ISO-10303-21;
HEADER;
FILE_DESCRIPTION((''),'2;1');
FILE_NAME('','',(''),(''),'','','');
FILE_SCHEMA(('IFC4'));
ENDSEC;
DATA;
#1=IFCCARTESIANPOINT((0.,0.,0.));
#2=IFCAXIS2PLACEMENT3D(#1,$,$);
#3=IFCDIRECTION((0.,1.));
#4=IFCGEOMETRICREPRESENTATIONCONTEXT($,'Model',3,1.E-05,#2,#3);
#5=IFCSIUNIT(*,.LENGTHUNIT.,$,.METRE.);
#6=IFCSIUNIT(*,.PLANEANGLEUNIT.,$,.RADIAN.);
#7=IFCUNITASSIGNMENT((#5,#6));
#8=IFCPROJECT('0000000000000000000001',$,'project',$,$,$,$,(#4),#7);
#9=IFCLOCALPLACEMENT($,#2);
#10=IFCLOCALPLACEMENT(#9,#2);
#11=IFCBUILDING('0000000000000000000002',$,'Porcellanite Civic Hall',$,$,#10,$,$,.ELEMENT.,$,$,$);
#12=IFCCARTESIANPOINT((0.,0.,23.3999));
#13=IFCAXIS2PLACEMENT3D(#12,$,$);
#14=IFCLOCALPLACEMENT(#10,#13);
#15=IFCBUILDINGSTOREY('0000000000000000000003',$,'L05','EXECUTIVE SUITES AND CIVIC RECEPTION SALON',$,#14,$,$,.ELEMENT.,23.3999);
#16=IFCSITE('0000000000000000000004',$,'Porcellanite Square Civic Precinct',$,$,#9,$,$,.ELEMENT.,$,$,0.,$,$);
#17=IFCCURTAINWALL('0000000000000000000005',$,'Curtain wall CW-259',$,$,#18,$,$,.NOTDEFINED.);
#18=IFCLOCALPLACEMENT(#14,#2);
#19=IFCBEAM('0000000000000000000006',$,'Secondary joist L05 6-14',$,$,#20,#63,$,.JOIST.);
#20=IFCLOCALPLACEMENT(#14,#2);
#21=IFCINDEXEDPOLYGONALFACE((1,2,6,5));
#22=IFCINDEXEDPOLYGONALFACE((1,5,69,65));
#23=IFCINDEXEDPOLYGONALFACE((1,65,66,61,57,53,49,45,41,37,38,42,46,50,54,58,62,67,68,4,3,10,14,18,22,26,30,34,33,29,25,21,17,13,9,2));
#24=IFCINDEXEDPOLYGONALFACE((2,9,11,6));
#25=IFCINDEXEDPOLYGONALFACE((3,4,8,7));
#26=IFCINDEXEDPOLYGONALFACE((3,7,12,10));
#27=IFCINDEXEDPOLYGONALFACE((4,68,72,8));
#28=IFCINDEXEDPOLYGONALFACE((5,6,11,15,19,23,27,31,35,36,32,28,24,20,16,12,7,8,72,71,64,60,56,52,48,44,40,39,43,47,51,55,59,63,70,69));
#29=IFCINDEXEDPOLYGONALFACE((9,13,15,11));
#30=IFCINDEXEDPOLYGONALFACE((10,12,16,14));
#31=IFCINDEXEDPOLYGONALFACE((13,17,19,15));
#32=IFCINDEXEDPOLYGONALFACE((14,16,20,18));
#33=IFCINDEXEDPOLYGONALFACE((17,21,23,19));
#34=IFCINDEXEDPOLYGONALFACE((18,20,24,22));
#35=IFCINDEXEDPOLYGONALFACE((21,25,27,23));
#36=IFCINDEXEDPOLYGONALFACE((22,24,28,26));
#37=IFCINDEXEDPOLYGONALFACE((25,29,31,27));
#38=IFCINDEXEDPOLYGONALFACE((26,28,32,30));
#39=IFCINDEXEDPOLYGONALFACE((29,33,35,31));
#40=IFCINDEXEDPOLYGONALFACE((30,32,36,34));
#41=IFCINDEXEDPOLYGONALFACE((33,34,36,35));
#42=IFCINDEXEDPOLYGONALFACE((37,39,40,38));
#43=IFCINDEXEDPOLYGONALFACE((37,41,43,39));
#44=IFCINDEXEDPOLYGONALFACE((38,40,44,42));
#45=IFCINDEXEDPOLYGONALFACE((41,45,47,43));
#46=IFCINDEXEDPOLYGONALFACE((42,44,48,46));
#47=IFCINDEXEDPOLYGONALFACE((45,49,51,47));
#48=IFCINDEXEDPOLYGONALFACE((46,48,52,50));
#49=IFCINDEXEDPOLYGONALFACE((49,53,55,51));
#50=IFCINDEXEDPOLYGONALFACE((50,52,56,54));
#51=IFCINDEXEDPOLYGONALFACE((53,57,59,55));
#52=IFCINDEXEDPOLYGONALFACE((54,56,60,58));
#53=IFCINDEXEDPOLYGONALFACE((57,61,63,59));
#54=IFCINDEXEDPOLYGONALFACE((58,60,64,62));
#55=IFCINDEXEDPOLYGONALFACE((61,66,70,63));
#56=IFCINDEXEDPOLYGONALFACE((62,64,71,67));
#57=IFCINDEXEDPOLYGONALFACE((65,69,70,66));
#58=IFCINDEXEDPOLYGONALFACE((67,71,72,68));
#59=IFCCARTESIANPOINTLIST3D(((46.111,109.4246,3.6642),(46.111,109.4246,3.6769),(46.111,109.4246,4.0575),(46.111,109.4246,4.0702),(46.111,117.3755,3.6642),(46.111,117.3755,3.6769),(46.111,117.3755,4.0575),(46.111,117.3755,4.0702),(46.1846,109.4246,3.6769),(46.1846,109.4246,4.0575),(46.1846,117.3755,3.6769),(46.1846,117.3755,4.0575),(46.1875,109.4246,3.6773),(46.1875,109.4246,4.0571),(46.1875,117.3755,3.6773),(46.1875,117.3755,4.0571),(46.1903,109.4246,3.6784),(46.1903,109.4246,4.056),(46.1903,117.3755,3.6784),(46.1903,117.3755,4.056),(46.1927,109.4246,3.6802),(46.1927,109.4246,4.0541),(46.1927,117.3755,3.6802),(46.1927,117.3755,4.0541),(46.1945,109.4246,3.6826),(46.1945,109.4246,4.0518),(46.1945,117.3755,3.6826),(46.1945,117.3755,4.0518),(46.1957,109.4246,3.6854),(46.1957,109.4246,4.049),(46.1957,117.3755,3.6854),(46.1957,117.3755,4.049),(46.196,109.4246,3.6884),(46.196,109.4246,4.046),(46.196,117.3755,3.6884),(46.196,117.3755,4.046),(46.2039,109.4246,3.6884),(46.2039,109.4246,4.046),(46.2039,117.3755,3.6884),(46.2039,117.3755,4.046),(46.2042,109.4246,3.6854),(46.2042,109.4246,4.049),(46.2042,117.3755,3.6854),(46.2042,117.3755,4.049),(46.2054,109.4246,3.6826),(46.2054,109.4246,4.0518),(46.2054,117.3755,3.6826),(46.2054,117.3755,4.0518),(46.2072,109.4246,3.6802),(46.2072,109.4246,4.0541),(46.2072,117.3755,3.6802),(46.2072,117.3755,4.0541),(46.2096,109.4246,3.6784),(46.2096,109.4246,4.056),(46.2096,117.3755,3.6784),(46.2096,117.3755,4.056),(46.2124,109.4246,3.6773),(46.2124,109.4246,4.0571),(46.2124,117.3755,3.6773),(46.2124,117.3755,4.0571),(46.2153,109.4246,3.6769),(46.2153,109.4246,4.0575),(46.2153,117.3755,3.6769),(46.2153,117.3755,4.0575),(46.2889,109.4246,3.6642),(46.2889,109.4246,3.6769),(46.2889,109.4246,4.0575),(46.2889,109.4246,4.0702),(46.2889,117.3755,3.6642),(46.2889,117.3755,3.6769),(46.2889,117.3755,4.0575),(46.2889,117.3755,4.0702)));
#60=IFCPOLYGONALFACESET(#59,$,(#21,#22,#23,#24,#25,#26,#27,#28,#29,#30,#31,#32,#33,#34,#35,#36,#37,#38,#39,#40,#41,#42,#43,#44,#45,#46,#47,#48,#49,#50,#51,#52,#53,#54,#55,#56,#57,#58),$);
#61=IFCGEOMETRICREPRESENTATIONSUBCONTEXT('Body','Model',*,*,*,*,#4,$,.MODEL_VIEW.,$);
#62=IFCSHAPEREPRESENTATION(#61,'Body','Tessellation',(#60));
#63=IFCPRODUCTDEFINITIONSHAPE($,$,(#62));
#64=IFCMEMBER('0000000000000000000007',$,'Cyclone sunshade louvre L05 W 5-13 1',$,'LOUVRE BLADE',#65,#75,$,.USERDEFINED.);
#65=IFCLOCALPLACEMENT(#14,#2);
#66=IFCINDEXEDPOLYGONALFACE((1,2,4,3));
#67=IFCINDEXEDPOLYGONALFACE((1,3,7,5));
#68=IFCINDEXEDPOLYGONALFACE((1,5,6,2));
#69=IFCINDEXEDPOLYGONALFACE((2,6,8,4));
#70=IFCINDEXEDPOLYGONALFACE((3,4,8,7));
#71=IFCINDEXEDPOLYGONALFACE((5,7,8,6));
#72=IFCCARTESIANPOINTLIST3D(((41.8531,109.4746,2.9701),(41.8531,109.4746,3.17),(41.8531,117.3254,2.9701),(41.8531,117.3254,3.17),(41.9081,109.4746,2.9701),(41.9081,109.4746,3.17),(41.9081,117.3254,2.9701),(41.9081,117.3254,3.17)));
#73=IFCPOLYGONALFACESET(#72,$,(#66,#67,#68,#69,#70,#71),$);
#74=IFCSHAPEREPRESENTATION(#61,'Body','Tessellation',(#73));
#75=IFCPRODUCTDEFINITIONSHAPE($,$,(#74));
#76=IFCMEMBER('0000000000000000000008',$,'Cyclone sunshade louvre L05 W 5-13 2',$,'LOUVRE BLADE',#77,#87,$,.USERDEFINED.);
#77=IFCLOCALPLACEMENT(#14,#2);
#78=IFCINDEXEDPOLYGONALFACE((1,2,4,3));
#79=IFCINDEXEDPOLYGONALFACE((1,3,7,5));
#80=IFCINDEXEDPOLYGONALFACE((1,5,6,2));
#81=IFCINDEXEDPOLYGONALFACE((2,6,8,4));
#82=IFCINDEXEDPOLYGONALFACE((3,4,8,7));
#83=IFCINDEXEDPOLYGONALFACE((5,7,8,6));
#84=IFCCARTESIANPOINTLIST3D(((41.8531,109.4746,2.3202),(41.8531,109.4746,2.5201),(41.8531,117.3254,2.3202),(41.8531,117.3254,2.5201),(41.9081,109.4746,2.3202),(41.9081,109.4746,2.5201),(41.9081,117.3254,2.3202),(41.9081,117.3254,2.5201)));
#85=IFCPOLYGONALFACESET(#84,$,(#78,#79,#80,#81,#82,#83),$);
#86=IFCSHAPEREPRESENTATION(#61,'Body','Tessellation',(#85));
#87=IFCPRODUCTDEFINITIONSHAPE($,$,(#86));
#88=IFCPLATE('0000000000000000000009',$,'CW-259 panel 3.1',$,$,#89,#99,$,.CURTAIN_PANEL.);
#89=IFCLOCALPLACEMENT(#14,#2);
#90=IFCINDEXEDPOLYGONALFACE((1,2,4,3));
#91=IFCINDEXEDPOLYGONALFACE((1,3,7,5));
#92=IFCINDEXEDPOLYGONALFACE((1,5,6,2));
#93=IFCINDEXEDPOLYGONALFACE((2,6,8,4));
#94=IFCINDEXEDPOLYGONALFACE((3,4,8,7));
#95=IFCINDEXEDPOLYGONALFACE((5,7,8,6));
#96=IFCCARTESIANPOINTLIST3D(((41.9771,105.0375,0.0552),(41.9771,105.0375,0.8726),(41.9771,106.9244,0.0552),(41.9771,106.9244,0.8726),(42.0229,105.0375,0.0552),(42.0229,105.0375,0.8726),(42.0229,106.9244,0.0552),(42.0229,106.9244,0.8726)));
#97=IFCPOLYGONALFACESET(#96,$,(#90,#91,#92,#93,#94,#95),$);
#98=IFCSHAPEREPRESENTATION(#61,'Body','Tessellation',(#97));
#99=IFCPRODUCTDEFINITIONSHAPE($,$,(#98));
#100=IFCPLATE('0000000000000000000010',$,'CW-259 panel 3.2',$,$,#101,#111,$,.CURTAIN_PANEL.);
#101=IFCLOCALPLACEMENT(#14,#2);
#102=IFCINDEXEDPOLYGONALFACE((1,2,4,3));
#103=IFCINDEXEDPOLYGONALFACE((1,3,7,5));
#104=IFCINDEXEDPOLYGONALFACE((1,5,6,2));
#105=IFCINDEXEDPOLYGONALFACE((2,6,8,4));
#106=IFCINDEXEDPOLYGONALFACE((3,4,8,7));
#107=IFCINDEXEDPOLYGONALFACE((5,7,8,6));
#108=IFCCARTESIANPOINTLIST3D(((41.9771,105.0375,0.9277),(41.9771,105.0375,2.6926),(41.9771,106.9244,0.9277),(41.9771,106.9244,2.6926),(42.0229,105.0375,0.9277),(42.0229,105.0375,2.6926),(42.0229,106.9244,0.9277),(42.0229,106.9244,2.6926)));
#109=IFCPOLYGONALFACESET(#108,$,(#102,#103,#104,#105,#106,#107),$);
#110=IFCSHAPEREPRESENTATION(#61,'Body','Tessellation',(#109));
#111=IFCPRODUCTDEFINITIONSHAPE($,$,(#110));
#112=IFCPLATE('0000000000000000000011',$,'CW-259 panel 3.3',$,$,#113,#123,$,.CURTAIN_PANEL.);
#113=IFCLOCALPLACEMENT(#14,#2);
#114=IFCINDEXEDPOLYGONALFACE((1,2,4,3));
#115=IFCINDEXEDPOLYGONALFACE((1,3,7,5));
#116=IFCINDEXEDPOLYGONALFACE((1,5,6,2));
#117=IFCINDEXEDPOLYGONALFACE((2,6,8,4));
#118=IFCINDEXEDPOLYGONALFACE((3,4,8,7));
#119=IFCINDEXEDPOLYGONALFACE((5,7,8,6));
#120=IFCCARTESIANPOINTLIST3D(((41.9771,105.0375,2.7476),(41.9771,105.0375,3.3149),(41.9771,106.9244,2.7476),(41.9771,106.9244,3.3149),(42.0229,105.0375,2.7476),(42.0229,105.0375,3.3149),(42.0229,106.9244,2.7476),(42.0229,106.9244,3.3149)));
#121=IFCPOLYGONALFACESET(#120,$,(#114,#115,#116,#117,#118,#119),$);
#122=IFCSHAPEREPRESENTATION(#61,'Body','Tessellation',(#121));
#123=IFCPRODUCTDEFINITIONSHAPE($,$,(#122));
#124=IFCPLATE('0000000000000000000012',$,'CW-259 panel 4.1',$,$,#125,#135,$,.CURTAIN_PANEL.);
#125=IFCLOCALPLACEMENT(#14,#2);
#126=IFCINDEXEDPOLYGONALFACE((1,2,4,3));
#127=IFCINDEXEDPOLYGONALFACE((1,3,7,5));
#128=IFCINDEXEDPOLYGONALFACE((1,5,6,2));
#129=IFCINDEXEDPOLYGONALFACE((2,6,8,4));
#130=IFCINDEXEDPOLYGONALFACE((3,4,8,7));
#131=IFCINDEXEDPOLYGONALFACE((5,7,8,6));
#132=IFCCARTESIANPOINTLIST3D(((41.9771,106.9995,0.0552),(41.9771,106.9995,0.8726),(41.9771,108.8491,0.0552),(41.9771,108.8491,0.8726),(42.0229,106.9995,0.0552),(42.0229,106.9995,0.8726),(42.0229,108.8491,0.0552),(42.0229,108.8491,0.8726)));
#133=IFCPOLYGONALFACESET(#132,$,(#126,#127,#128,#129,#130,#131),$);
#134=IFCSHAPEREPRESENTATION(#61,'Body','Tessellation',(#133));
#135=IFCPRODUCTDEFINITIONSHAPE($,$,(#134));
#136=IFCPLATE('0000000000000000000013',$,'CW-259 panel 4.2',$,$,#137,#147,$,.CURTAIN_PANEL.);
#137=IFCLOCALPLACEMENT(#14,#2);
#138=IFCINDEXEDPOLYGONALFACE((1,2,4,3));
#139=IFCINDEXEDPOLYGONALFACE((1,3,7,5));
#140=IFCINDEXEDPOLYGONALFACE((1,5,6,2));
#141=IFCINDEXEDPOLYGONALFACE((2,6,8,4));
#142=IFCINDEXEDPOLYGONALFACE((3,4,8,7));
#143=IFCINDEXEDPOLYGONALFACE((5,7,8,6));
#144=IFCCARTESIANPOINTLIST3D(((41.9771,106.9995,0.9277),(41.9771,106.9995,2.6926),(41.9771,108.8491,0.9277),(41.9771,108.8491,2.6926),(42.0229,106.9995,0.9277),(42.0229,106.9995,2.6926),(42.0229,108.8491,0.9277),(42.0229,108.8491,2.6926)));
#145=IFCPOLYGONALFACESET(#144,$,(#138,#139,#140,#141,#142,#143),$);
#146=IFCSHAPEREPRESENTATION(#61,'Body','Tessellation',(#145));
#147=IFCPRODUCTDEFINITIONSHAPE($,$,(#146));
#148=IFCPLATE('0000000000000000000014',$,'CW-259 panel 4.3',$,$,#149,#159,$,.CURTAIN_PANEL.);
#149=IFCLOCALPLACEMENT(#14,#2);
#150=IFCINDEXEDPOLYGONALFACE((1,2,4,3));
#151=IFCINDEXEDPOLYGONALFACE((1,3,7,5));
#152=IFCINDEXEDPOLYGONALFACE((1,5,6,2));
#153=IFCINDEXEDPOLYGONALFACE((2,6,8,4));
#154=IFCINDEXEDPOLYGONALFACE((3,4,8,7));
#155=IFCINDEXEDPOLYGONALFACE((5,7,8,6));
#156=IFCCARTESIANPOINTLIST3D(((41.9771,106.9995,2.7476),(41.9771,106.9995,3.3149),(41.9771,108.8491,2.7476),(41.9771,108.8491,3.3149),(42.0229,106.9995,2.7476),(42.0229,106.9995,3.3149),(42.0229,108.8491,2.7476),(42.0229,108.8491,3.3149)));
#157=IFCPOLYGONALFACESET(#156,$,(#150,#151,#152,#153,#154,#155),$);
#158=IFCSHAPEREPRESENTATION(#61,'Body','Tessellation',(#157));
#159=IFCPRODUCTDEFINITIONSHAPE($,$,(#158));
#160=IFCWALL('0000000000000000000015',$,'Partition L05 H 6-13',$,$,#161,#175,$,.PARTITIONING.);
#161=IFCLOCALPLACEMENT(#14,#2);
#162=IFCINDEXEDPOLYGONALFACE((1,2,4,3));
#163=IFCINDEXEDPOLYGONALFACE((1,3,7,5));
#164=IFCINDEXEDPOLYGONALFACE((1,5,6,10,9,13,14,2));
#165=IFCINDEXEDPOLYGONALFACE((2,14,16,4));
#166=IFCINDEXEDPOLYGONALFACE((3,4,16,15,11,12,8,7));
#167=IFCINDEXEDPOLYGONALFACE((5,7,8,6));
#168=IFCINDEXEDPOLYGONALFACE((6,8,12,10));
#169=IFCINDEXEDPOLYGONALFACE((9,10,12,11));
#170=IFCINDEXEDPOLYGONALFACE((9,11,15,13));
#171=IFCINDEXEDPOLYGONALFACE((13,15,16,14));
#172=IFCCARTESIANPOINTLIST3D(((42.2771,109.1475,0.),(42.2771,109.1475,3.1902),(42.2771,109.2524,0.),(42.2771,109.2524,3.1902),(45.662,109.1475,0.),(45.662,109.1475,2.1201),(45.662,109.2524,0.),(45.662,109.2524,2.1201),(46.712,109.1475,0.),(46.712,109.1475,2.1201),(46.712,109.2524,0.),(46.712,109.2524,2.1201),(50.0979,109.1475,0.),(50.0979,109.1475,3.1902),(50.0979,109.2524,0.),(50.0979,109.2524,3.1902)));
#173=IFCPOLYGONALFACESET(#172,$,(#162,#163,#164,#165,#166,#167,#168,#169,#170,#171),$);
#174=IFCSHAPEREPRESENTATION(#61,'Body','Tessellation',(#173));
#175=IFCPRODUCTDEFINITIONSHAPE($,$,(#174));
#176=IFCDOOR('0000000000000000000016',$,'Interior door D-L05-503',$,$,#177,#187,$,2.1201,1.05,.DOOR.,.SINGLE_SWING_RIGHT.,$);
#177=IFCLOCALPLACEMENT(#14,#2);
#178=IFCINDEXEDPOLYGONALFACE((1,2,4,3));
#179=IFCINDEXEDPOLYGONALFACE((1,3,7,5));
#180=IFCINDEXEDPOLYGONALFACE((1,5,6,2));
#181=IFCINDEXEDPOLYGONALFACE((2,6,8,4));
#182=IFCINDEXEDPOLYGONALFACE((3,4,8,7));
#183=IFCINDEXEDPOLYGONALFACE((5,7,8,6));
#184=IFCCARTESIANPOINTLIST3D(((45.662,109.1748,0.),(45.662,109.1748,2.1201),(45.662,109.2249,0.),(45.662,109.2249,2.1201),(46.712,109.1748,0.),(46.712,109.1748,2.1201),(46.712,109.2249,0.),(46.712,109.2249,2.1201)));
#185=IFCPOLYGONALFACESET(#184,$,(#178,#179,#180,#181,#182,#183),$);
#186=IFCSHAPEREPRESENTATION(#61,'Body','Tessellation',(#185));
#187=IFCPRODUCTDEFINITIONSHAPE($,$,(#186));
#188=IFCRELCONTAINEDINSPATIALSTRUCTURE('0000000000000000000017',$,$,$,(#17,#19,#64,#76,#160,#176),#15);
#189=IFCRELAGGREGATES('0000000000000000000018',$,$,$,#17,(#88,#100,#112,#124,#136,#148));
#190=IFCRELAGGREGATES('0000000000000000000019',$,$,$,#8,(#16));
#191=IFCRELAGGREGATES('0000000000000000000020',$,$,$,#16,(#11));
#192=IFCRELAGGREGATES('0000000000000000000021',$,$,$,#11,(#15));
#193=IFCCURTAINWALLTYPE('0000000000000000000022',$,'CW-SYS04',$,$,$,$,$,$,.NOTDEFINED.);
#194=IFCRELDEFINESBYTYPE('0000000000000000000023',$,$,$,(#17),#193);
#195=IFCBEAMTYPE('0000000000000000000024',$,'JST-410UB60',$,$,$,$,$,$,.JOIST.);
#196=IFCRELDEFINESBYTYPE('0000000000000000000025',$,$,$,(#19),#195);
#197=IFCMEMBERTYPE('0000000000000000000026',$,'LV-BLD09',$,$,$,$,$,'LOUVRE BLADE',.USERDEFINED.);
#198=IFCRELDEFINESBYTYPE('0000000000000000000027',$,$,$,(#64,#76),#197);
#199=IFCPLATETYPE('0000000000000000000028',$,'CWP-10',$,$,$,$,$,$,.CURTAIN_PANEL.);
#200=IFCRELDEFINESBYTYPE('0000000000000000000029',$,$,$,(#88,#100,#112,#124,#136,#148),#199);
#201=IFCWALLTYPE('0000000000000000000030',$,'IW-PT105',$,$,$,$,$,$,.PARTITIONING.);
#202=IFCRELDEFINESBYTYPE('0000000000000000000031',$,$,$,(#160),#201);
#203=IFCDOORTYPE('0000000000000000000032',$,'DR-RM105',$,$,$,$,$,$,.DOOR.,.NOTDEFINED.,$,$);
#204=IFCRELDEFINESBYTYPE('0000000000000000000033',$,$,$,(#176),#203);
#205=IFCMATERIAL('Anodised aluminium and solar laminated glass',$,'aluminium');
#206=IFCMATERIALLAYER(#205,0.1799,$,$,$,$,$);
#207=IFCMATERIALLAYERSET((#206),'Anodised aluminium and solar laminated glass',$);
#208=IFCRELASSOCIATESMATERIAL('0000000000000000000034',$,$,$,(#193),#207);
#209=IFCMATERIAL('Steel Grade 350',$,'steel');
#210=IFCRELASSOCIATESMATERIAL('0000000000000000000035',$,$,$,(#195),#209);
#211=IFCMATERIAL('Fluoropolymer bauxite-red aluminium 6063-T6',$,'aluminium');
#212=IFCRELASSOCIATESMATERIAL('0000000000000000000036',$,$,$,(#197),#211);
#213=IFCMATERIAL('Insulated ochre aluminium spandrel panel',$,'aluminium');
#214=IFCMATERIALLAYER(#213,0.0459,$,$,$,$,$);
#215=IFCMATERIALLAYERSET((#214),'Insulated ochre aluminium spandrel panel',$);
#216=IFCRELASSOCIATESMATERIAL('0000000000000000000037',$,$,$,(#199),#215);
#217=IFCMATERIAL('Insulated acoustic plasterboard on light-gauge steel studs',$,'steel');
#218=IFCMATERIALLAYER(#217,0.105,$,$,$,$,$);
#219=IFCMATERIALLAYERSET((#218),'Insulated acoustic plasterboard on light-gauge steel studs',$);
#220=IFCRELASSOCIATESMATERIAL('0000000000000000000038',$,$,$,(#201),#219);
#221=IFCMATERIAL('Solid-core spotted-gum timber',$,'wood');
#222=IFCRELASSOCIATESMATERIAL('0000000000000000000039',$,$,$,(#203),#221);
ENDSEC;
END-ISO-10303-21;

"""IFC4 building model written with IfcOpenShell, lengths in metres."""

from ifc_helpers import new_model, si_unit, direction, frame, frame_2d, origin, origin_2d, place, context, subcontext, project, spatial, rectangle, i_section, extrude, material, layer, layer_set, material_profile, profile_set, type_object, element, fill, aggregate, save


model = new_model("IFC4")

# Units and contexts
model_context = context("Model", 3, precision=1e-05, world=origin(), true_north=direction((0.0, 1.0)))
body_context = subcontext(model_context, "Body", "Model", "MODEL_VIEW")
ifc_project = project(units=[si_unit("LENGTHUNIT", "METRE"), si_unit("PLANEANGLEUNIT", "RADIAN")], contexts=[model_context])

# Site, building, storey
site_placement = place(None, origin())
site = spatial("IfcSite", under=ifc_project, at=site_placement, Name="Porcellanite Square Civic Precinct", CompositionType="ELEMENT", RefElevation=0.0)
building_placement = place(site_placement, origin())
building = spatial("IfcBuilding", under=site, at=building_placement, Name="Porcellanite Civic Hall", CompositionType="ELEMENT")
storey_placement = place(building_placement, frame((0.0, 0.0, 23.3999)))
storey = spatial("IfcBuildingStorey", under=building, at=storey_placement, Name="L05", Description="EXECUTIVE SUITES AND CIVIC RECEPTION SALON", CompositionType="ELEMENT", Elevation=23.3999)

# Curtain wall
ifc_material_1 = material(Name="Anodised aluminium and solar laminated glass", Category="aluminium")
ifc_layer_1 = layer(ifc_material_1, 0.1799)
ifc_layer_set_1 = layer_set([ifc_layer_1], Name="Anodised aluminium and solar laminated glass")
curtain_wall_type_1 = type_object("IfcCurtainWallType", Name="CW-SYS04", PredefinedType="NOTDEFINED", material=ifc_layer_set_1)
curtain_wall_1_placement = place(storey_placement, origin())
curtain_wall_1 = element("IfcCurtainWall", 1, at=curtain_wall_1_placement, inside=storey, type_object=curtain_wall_type_1, Name="Curtain wall CW-259", PredefinedType="NOTDEFINED")

# Beam
ifc_material_2 = material(Name="Steel Grade 350", Category="steel")
ifc_material_profile_1 = material_profile(ifc_material_2, i_section(OverallWidth=0.178, OverallDepth=0.406, WebThickness=0.0078, FlangeThickness=0.0127, FilletRadius=0.0115, at=origin_2d()), Name="410UB59.7")
ifc_profile_set_1 = profile_set([ifc_material_profile_1], Name="Steel Grade 350")
beam_type_1 = type_object("IfcBeamType", Name="JST-410UB60", PredefinedType="JOIST", material=ifc_profile_set_1)
beam_1_placement = place(storey_placement, frame((46.2, 109.4246, 3.8672), z_axis=(0.0, 1.0, 0.0), x_axis=(-1.0, 0.0, 0.0)))
element("IfcBeam", 2, at=beam_1_placement, inside=storey, type_object=beam_type_1, Name="Secondary joist L05 6-14", PredefinedType="JOIST", context=body_context, shape_type="SweptSolid", body=[
    extrude(i_section(OverallWidth=0.178, OverallDepth=0.406, WebThickness=0.0078, FlangeThickness=0.0127, FilletRadius=0.0115, at=origin_2d()), origin(), (0.0, 0.0, 1.0), 7.9509),
])

# Members
ifc_material_3 = material(Name="Fluoropolymer bauxite-red aluminium 6063-T6", Category="aluminium")
ifc_material_profile_2 = material_profile(ifc_material_3, rectangle(XDim=0.0549, YDim=0.2, at=origin_2d()), Name="AL-55x200")
ifc_profile_set_2 = profile_set([ifc_material_profile_2], Name="Fluoropolymer bauxite-red aluminium 6063-T6")
member_type_1 = type_object("IfcMemberType", Name="LV-BLD09", ElementType="LOUVRE BLADE", PredefinedType="USERDEFINED", material=ifc_profile_set_2)
for number, where, z_axis, x_axis, name in (
    (3, (41.8806, 109.4746, 3.0701), (0.0, 1.0, 0.0), (-1.0, 0.0, 0.0), "Cyclone sunshade louvre L05 W 5-13 1"),
    (4, (41.8806, 109.4746, 2.4202), (0.0, 1.0, 0.0), (-1.0, 0.0, 0.0), "Cyclone sunshade louvre L05 W 5-13 2"),
):
    element("IfcMember", number, at=place(storey_placement, frame(where, z_axis=z_axis, x_axis=x_axis)), inside=storey, type_object=member_type_1, Name=name, ObjectType="LOUVRE BLADE", PredefinedType="USERDEFINED", context=body_context, shape_type="SweptSolid", body=[
        extrude(rectangle(XDim=0.0549, YDim=0.2, at=origin_2d()), origin(), (0.0, 0.0, 1.0), 7.8508),
    ])

# Plates
ifc_material_4 = material(Name="Insulated ochre aluminium spandrel panel", Category="aluminium")
ifc_layer_2 = layer(ifc_material_4, 0.0459)
ifc_layer_set_2 = layer_set([ifc_layer_2], Name="Insulated ochre aluminium spandrel panel")
plate_type = type_object("IfcPlateType", Name="CWP-10", PredefinedType="CURTAIN_PANEL", material=ifc_layer_set_2)
plate_1_placement = place(storey_placement, frame((42.0, 105.981, 0.0552), z_axis=(0.0, 0.0, 1.0), x_axis=(0.0, 1.0, 0.0)))
plate_1 = element("IfcPlate", 5, at=plate_1_placement, type_object=plate_type, Name="CW-259 panel 3.1", PredefinedType="CURTAIN_PANEL", context=body_context, shape_type="SweptSolid", body=[
    extrude(rectangle(XDim=1.887, YDim=0.0459, at=origin_2d()), origin(), (0.0, 0.0, 1.0), 0.8174),
])
plate_2_placement = place(storey_placement, frame((42.0, 105.981, 0.9277), z_axis=(0.0, 0.0, 1.0), x_axis=(0.0, 1.0, 0.0)))
plate_2 = element("IfcPlate", 6, at=plate_2_placement, type_object=plate_type, Name="CW-259 panel 3.2", PredefinedType="CURTAIN_PANEL", context=body_context, shape_type="SweptSolid", body=[
    extrude(rectangle(XDim=1.887, YDim=0.0459, at=origin_2d()), origin(), (0.0, 0.0, 1.0), 1.7649),
])
plate_3_placement = place(storey_placement, frame((42.0, 105.981, 2.7476), z_axis=(0.0, 0.0, 1.0), x_axis=(0.0, 1.0, 0.0)))
plate_3 = element("IfcPlate", 7, at=plate_3_placement, type_object=plate_type, Name="CW-259 panel 3.3", PredefinedType="CURTAIN_PANEL", context=body_context, shape_type="SweptSolid", body=[
    extrude(rectangle(XDim=1.887, YDim=0.0459, at=origin_2d()), origin(), (0.0, 0.0, 1.0), 0.5674),
])
plate_4_placement = place(storey_placement, frame((42.0, 107.9243, 0.0552), z_axis=(0.0, 0.0, 1.0), x_axis=(0.0, 1.0, 0.0)))
plate_4 = element("IfcPlate", 8, at=plate_4_placement, type_object=plate_type, Name="CW-259 panel 4.1", PredefinedType="CURTAIN_PANEL", context=body_context, shape_type="SweptSolid", body=[
    extrude(rectangle(XDim=1.8496, YDim=0.0459, at=origin_2d()), origin(), (0.0, 0.0, 1.0), 0.8174),
])
plate_5_placement = place(storey_placement, frame((42.0, 107.9243, 0.9277), z_axis=(0.0, 0.0, 1.0), x_axis=(0.0, 1.0, 0.0)))
plate_5 = element("IfcPlate", 9, at=plate_5_placement, type_object=plate_type, Name="CW-259 panel 4.2", PredefinedType="CURTAIN_PANEL", context=body_context, shape_type="SweptSolid", body=[
    extrude(rectangle(XDim=1.8496, YDim=0.0459, at=origin_2d()), origin(), (0.0, 0.0, 1.0), 1.7649),
])
plate_6_placement = place(storey_placement, frame((42.0, 107.9243, 2.7476), z_axis=(0.0, 0.0, 1.0), x_axis=(0.0, 1.0, 0.0)))
plate_6 = element("IfcPlate", 10, at=plate_6_placement, type_object=plate_type, Name="CW-259 panel 4.3", PredefinedType="CURTAIN_PANEL", context=body_context, shape_type="SweptSolid", body=[
    extrude(rectangle(XDim=1.8496, YDim=0.0459, at=origin_2d()), origin(), (0.0, 0.0, 1.0), 0.5674),
])
aggregate(curtain_wall_1, [plate_1, plate_2, plate_3, plate_4, plate_5, plate_6])

# Wall, opening, door
ifc_material_5 = material(Name="Insulated acoustic plasterboard on light-gauge steel studs", Category="steel")
ifc_layer_3 = layer(ifc_material_5, 0.105)
ifc_layer_set_3 = layer_set([ifc_layer_3], Name="Insulated acoustic plasterboard on light-gauge steel studs")
wall_type = type_object("IfcWallType", Name="IW-PT105", PredefinedType="PARTITIONING", material=ifc_layer_set_3)
wall_placement = place(storey_placement, frame((42.2771, 109.2, 0.0), z_axis=(0.0, 0.0, 1.0), x_axis=(1.0, 0.0, 0.0)))
wall = element("IfcWall", 11, at=wall_placement, inside=storey, type_object=wall_type, Name="Partition L05 H 6-13", PredefinedType="PARTITIONING", context=body_context, shape_type="SweptSolid", body=[
    extrude(rectangle(XDim=7.8208, YDim=0.105, at=frame_2d((3.9104, 0.0))), origin(), (0.0, 0.0, 1.0), 3.1902),
])
opening_placement = place(wall_placement, frame((3.385, 0.0, 0.0)))
opening = element("IfcOpeningElement", 12, at=opening_placement, cuts=wall, PredefinedType="OPENING", context=body_context, shape_type="SweptSolid", body=[
    extrude(rectangle(XDim=1.05, YDim=2.1201, at=frame_2d((0.5249, 1.0601))), frame((0.0, 0.0525, 0.0), z_axis=(0.0, -1.0, 0.0), x_axis=(1.0, 0.0, 0.0)), (0.0, 0.0, 1.0), 0.105),
])
ifc_material_6 = material(Name="Solid-core spotted-gum timber", Category="wood")
door_type = type_object("IfcDoorType", Name="DR-RM105", OperationType="NOTDEFINED", PredefinedType="DOOR", material=ifc_material_6)
door_placement = place(opening_placement, origin())
door = element("IfcDoor", 13, at=door_placement, inside=storey, type_object=door_type, Name="Interior door D-L05-503", OperationType="SINGLE_SWING_RIGHT", OverallHeight=2.1201, OverallWidth=1.05, PredefinedType="DOOR", context=body_context, shape_type="SweptSolid", body=[
    extrude(rectangle(XDim=1.05, YDim=2.1201, at=frame_2d((0.5249, 1.0601))), frame((0.0, 0.0249, 0.0), z_axis=(0.0, -1.0, 0.0), x_axis=(1.0, 0.0, 0.0)), (0.0, 0.0, 1.0), 0.05),
])
fill(opening, door)

save(model, "model.ifc")
